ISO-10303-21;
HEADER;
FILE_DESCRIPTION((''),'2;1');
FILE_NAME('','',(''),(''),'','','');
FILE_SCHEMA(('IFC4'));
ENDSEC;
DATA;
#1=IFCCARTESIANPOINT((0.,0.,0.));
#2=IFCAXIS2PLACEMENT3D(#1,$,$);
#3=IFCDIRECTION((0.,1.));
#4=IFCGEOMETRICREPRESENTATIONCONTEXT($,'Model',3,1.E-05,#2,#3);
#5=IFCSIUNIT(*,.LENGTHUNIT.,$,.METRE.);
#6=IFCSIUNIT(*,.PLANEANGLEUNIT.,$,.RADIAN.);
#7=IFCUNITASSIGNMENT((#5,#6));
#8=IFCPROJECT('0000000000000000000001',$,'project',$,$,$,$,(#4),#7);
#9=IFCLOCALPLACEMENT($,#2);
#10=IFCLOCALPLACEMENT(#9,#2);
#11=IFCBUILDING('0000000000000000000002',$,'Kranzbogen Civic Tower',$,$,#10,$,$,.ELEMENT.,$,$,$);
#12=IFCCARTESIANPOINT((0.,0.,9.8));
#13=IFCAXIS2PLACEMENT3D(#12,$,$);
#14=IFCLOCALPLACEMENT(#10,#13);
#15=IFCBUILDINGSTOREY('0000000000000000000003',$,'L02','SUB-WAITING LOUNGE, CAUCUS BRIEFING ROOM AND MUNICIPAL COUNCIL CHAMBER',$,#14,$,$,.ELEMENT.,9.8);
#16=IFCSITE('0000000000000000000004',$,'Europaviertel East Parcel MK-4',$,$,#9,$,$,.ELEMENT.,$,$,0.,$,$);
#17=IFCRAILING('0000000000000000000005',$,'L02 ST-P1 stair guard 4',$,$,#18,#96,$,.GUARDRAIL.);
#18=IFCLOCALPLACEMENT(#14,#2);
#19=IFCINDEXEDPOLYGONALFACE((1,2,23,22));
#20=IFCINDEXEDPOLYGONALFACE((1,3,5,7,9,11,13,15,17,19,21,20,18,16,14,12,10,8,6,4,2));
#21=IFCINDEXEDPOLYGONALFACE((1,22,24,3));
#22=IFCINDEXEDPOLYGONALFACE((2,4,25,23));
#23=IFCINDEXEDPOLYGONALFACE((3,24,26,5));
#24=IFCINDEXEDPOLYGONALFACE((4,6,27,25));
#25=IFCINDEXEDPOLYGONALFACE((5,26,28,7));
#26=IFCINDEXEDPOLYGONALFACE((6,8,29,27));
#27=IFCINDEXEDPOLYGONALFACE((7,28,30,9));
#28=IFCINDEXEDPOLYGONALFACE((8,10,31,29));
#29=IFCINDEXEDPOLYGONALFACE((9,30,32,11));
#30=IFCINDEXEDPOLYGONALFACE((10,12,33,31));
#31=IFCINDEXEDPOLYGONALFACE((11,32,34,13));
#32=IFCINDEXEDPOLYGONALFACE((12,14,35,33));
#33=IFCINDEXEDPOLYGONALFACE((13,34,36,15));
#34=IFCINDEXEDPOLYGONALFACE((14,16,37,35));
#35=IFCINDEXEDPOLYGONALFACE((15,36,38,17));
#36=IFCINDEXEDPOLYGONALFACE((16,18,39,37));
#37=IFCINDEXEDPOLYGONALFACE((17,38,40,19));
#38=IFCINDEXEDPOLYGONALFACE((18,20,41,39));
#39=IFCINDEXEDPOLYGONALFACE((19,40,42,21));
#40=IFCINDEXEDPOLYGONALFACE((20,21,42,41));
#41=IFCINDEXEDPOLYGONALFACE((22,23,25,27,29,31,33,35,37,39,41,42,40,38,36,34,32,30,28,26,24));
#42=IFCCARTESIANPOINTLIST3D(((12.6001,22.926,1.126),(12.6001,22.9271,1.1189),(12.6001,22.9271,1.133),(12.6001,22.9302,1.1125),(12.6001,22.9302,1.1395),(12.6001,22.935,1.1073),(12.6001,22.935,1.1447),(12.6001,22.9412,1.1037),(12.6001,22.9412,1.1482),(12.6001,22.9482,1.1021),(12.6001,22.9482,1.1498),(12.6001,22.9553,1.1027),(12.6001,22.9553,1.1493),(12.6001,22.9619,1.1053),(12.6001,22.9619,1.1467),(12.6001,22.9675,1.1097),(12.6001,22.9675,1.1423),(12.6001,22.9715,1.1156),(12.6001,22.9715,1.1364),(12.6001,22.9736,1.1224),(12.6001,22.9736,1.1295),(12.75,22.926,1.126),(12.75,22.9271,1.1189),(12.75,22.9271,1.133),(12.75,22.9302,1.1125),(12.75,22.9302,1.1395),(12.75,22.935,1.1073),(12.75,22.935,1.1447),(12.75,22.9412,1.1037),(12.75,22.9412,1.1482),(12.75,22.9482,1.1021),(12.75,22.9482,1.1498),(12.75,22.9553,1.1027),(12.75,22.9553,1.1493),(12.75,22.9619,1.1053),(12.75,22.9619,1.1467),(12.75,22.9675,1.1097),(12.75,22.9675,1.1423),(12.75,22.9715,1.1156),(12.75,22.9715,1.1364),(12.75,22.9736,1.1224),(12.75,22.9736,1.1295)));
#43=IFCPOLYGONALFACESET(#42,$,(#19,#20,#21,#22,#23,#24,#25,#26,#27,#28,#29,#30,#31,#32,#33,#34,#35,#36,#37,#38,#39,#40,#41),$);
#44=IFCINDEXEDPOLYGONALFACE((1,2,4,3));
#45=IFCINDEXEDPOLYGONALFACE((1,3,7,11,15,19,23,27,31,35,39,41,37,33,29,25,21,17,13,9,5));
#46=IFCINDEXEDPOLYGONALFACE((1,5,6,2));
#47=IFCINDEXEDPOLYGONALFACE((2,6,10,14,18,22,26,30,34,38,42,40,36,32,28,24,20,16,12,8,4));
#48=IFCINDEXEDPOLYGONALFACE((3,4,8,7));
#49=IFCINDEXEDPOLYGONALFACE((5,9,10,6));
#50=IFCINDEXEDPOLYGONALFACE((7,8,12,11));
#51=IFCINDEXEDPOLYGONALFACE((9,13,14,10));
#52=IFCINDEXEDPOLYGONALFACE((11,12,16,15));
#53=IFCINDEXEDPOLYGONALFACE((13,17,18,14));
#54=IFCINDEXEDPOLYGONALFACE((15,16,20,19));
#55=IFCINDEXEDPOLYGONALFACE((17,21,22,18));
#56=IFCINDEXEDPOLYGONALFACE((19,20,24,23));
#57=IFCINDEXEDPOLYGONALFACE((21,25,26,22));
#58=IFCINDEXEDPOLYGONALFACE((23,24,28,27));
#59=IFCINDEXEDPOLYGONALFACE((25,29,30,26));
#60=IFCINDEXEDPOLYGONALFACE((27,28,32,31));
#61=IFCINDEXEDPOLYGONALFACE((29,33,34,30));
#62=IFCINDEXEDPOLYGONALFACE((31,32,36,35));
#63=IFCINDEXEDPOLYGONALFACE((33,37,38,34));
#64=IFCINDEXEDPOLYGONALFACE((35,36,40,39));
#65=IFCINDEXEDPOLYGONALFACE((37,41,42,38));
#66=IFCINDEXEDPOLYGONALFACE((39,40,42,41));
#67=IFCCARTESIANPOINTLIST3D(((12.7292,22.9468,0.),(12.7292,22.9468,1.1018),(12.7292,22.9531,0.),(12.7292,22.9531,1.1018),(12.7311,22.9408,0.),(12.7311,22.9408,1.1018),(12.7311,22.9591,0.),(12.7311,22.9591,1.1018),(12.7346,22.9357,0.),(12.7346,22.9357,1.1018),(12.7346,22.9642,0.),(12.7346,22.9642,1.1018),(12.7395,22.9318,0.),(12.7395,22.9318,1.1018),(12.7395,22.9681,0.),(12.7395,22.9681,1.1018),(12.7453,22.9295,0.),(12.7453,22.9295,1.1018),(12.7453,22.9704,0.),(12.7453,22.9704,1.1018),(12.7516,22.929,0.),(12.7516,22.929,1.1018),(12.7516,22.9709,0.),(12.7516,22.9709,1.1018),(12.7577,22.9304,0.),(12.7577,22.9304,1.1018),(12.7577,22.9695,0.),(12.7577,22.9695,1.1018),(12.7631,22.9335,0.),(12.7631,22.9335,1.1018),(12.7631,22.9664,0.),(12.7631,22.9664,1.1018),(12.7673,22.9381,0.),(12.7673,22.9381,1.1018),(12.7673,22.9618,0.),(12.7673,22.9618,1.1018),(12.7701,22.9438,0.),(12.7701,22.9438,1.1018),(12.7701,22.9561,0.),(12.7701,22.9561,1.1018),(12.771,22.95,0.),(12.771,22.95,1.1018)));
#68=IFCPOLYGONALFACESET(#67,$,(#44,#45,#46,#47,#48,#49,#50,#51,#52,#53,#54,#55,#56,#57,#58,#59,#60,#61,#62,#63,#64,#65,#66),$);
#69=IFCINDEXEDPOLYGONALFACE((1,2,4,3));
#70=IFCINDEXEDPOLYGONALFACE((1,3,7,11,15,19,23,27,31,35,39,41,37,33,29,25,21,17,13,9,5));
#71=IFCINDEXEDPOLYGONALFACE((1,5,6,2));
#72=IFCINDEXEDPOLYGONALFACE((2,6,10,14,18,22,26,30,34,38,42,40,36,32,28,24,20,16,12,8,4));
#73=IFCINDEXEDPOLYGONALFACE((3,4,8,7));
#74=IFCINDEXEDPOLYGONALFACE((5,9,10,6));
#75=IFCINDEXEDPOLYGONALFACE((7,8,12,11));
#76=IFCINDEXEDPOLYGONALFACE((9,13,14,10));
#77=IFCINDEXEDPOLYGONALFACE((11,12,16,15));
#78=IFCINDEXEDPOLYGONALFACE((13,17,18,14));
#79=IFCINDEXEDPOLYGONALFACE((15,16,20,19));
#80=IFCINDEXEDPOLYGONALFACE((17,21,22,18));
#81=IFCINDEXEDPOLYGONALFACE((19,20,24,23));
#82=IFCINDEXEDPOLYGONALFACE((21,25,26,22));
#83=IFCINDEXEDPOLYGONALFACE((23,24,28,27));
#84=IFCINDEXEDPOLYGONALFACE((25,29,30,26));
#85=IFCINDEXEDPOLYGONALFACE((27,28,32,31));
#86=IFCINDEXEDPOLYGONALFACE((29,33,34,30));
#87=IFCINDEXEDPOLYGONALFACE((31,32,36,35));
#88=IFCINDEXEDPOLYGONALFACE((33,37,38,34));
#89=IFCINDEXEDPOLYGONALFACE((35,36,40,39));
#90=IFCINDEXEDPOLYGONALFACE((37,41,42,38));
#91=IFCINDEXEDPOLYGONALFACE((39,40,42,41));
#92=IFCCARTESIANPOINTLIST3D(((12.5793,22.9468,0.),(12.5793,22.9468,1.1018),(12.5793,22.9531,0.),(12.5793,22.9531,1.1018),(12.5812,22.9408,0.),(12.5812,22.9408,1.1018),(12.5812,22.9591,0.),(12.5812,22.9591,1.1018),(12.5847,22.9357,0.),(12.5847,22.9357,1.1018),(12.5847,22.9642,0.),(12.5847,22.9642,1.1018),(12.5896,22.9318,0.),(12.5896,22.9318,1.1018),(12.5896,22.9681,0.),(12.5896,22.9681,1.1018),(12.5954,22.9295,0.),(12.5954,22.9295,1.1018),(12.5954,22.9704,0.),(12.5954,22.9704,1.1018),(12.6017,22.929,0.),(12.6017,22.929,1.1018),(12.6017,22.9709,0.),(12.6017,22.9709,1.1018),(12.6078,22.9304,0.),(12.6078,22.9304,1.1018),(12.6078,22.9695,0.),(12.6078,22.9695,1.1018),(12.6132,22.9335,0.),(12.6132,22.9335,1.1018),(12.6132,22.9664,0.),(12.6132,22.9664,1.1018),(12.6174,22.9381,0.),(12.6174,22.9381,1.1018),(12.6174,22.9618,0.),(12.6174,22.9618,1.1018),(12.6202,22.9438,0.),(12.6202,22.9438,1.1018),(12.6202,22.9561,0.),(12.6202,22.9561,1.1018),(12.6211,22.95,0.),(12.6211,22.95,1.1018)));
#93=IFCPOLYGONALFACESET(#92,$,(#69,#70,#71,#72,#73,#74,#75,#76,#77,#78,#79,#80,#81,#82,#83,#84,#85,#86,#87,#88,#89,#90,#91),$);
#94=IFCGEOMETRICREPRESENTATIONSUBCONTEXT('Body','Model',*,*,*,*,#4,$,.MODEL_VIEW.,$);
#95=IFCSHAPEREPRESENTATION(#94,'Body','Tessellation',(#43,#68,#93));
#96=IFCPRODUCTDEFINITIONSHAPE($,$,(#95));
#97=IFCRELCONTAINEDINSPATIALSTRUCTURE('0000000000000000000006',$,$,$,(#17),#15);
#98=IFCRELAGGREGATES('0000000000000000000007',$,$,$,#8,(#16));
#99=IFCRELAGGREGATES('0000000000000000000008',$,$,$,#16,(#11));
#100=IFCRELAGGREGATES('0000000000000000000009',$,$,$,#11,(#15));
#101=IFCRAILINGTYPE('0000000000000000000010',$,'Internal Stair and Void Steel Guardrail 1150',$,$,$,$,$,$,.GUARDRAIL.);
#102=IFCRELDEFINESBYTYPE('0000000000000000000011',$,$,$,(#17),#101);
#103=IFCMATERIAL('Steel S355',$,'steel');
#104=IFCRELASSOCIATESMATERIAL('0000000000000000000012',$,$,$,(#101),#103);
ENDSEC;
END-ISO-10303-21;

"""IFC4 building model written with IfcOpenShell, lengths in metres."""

from ifc_helpers import new_model, si_unit, direction, frame, origin, origin_2d, place, context, subcontext, project, spatial, circle, extrude, material, type_object, element, save


model = new_model("IFC4")

# Units and contexts
model_context = context("Model", 3, precision=1e-05, world=origin(), true_north=direction((0.0, 1.0)))
body_context = subcontext(model_context, "Body", "Model", "MODEL_VIEW")
ifc_project = project(units=[si_unit("LENGTHUNIT", "METRE"), si_unit("PLANEANGLEUNIT", "RADIAN")], contexts=[model_context])

# Site, building, storey
site_placement = place(None, origin())
site = spatial("IfcSite", under=ifc_project, at=site_placement, Name="Europaviertel East Parcel MK-4", CompositionType="ELEMENT", RefElevation=0.0)
building_placement = place(site_placement, origin())
building = spatial("IfcBuilding", under=site, at=building_placement, Name="Kranzbogen Civic Tower", CompositionType="ELEMENT")
storey_placement = place(building_placement, frame((0.0, 0.0, 9.8)))
storey = spatial("IfcBuildingStorey", under=building, at=storey_placement, Name="L02", Description="SUB-WAITING LOUNGE, CAUCUS BRIEFING ROOM AND MUNICIPAL COUNCIL CHAMBER", CompositionType="ELEMENT", Elevation=9.8)

# Shared definitions
ifc_material_1 = material(Name="Steel S355", Category="steel")

# Railing
railing_type = type_object("IfcRailingType", Name="Internal Stair and Void Steel Guardrail 1150", PredefinedType="GUARDRAIL", material=ifc_material_1)
railing_1_placement = place(storey_placement, frame((12.75, 22.95, 0.0)))
element("IfcRailing", 1, at=railing_1_placement, inside=storey, type_object=railing_type, Name="L02 ST-P1 stair guard 4", PredefinedType="GUARDRAIL", context=body_context, shape_type="SweptSolid", body=[
    extrude(circle(Radius=0.0239, at=origin_2d()), frame((0.0, 0.0, 1.126), z_axis=(-1.0, 0.0, 0.0), x_axis=(0.0, -1.0, 0.0)), (0.0, 0.0, 1.0), 0.1499),
    extrude(circle(Radius=0.021, at=origin_2d()), origin(), (0.0, 0.0, 1.0), 1.1018),
    extrude(circle(Radius=0.021, at=origin_2d()), frame((-0.1499, 0.0, 0.0)), (0.0, 0.0, 1.0), 1.1018),
])

save(model, "model.ifc")
